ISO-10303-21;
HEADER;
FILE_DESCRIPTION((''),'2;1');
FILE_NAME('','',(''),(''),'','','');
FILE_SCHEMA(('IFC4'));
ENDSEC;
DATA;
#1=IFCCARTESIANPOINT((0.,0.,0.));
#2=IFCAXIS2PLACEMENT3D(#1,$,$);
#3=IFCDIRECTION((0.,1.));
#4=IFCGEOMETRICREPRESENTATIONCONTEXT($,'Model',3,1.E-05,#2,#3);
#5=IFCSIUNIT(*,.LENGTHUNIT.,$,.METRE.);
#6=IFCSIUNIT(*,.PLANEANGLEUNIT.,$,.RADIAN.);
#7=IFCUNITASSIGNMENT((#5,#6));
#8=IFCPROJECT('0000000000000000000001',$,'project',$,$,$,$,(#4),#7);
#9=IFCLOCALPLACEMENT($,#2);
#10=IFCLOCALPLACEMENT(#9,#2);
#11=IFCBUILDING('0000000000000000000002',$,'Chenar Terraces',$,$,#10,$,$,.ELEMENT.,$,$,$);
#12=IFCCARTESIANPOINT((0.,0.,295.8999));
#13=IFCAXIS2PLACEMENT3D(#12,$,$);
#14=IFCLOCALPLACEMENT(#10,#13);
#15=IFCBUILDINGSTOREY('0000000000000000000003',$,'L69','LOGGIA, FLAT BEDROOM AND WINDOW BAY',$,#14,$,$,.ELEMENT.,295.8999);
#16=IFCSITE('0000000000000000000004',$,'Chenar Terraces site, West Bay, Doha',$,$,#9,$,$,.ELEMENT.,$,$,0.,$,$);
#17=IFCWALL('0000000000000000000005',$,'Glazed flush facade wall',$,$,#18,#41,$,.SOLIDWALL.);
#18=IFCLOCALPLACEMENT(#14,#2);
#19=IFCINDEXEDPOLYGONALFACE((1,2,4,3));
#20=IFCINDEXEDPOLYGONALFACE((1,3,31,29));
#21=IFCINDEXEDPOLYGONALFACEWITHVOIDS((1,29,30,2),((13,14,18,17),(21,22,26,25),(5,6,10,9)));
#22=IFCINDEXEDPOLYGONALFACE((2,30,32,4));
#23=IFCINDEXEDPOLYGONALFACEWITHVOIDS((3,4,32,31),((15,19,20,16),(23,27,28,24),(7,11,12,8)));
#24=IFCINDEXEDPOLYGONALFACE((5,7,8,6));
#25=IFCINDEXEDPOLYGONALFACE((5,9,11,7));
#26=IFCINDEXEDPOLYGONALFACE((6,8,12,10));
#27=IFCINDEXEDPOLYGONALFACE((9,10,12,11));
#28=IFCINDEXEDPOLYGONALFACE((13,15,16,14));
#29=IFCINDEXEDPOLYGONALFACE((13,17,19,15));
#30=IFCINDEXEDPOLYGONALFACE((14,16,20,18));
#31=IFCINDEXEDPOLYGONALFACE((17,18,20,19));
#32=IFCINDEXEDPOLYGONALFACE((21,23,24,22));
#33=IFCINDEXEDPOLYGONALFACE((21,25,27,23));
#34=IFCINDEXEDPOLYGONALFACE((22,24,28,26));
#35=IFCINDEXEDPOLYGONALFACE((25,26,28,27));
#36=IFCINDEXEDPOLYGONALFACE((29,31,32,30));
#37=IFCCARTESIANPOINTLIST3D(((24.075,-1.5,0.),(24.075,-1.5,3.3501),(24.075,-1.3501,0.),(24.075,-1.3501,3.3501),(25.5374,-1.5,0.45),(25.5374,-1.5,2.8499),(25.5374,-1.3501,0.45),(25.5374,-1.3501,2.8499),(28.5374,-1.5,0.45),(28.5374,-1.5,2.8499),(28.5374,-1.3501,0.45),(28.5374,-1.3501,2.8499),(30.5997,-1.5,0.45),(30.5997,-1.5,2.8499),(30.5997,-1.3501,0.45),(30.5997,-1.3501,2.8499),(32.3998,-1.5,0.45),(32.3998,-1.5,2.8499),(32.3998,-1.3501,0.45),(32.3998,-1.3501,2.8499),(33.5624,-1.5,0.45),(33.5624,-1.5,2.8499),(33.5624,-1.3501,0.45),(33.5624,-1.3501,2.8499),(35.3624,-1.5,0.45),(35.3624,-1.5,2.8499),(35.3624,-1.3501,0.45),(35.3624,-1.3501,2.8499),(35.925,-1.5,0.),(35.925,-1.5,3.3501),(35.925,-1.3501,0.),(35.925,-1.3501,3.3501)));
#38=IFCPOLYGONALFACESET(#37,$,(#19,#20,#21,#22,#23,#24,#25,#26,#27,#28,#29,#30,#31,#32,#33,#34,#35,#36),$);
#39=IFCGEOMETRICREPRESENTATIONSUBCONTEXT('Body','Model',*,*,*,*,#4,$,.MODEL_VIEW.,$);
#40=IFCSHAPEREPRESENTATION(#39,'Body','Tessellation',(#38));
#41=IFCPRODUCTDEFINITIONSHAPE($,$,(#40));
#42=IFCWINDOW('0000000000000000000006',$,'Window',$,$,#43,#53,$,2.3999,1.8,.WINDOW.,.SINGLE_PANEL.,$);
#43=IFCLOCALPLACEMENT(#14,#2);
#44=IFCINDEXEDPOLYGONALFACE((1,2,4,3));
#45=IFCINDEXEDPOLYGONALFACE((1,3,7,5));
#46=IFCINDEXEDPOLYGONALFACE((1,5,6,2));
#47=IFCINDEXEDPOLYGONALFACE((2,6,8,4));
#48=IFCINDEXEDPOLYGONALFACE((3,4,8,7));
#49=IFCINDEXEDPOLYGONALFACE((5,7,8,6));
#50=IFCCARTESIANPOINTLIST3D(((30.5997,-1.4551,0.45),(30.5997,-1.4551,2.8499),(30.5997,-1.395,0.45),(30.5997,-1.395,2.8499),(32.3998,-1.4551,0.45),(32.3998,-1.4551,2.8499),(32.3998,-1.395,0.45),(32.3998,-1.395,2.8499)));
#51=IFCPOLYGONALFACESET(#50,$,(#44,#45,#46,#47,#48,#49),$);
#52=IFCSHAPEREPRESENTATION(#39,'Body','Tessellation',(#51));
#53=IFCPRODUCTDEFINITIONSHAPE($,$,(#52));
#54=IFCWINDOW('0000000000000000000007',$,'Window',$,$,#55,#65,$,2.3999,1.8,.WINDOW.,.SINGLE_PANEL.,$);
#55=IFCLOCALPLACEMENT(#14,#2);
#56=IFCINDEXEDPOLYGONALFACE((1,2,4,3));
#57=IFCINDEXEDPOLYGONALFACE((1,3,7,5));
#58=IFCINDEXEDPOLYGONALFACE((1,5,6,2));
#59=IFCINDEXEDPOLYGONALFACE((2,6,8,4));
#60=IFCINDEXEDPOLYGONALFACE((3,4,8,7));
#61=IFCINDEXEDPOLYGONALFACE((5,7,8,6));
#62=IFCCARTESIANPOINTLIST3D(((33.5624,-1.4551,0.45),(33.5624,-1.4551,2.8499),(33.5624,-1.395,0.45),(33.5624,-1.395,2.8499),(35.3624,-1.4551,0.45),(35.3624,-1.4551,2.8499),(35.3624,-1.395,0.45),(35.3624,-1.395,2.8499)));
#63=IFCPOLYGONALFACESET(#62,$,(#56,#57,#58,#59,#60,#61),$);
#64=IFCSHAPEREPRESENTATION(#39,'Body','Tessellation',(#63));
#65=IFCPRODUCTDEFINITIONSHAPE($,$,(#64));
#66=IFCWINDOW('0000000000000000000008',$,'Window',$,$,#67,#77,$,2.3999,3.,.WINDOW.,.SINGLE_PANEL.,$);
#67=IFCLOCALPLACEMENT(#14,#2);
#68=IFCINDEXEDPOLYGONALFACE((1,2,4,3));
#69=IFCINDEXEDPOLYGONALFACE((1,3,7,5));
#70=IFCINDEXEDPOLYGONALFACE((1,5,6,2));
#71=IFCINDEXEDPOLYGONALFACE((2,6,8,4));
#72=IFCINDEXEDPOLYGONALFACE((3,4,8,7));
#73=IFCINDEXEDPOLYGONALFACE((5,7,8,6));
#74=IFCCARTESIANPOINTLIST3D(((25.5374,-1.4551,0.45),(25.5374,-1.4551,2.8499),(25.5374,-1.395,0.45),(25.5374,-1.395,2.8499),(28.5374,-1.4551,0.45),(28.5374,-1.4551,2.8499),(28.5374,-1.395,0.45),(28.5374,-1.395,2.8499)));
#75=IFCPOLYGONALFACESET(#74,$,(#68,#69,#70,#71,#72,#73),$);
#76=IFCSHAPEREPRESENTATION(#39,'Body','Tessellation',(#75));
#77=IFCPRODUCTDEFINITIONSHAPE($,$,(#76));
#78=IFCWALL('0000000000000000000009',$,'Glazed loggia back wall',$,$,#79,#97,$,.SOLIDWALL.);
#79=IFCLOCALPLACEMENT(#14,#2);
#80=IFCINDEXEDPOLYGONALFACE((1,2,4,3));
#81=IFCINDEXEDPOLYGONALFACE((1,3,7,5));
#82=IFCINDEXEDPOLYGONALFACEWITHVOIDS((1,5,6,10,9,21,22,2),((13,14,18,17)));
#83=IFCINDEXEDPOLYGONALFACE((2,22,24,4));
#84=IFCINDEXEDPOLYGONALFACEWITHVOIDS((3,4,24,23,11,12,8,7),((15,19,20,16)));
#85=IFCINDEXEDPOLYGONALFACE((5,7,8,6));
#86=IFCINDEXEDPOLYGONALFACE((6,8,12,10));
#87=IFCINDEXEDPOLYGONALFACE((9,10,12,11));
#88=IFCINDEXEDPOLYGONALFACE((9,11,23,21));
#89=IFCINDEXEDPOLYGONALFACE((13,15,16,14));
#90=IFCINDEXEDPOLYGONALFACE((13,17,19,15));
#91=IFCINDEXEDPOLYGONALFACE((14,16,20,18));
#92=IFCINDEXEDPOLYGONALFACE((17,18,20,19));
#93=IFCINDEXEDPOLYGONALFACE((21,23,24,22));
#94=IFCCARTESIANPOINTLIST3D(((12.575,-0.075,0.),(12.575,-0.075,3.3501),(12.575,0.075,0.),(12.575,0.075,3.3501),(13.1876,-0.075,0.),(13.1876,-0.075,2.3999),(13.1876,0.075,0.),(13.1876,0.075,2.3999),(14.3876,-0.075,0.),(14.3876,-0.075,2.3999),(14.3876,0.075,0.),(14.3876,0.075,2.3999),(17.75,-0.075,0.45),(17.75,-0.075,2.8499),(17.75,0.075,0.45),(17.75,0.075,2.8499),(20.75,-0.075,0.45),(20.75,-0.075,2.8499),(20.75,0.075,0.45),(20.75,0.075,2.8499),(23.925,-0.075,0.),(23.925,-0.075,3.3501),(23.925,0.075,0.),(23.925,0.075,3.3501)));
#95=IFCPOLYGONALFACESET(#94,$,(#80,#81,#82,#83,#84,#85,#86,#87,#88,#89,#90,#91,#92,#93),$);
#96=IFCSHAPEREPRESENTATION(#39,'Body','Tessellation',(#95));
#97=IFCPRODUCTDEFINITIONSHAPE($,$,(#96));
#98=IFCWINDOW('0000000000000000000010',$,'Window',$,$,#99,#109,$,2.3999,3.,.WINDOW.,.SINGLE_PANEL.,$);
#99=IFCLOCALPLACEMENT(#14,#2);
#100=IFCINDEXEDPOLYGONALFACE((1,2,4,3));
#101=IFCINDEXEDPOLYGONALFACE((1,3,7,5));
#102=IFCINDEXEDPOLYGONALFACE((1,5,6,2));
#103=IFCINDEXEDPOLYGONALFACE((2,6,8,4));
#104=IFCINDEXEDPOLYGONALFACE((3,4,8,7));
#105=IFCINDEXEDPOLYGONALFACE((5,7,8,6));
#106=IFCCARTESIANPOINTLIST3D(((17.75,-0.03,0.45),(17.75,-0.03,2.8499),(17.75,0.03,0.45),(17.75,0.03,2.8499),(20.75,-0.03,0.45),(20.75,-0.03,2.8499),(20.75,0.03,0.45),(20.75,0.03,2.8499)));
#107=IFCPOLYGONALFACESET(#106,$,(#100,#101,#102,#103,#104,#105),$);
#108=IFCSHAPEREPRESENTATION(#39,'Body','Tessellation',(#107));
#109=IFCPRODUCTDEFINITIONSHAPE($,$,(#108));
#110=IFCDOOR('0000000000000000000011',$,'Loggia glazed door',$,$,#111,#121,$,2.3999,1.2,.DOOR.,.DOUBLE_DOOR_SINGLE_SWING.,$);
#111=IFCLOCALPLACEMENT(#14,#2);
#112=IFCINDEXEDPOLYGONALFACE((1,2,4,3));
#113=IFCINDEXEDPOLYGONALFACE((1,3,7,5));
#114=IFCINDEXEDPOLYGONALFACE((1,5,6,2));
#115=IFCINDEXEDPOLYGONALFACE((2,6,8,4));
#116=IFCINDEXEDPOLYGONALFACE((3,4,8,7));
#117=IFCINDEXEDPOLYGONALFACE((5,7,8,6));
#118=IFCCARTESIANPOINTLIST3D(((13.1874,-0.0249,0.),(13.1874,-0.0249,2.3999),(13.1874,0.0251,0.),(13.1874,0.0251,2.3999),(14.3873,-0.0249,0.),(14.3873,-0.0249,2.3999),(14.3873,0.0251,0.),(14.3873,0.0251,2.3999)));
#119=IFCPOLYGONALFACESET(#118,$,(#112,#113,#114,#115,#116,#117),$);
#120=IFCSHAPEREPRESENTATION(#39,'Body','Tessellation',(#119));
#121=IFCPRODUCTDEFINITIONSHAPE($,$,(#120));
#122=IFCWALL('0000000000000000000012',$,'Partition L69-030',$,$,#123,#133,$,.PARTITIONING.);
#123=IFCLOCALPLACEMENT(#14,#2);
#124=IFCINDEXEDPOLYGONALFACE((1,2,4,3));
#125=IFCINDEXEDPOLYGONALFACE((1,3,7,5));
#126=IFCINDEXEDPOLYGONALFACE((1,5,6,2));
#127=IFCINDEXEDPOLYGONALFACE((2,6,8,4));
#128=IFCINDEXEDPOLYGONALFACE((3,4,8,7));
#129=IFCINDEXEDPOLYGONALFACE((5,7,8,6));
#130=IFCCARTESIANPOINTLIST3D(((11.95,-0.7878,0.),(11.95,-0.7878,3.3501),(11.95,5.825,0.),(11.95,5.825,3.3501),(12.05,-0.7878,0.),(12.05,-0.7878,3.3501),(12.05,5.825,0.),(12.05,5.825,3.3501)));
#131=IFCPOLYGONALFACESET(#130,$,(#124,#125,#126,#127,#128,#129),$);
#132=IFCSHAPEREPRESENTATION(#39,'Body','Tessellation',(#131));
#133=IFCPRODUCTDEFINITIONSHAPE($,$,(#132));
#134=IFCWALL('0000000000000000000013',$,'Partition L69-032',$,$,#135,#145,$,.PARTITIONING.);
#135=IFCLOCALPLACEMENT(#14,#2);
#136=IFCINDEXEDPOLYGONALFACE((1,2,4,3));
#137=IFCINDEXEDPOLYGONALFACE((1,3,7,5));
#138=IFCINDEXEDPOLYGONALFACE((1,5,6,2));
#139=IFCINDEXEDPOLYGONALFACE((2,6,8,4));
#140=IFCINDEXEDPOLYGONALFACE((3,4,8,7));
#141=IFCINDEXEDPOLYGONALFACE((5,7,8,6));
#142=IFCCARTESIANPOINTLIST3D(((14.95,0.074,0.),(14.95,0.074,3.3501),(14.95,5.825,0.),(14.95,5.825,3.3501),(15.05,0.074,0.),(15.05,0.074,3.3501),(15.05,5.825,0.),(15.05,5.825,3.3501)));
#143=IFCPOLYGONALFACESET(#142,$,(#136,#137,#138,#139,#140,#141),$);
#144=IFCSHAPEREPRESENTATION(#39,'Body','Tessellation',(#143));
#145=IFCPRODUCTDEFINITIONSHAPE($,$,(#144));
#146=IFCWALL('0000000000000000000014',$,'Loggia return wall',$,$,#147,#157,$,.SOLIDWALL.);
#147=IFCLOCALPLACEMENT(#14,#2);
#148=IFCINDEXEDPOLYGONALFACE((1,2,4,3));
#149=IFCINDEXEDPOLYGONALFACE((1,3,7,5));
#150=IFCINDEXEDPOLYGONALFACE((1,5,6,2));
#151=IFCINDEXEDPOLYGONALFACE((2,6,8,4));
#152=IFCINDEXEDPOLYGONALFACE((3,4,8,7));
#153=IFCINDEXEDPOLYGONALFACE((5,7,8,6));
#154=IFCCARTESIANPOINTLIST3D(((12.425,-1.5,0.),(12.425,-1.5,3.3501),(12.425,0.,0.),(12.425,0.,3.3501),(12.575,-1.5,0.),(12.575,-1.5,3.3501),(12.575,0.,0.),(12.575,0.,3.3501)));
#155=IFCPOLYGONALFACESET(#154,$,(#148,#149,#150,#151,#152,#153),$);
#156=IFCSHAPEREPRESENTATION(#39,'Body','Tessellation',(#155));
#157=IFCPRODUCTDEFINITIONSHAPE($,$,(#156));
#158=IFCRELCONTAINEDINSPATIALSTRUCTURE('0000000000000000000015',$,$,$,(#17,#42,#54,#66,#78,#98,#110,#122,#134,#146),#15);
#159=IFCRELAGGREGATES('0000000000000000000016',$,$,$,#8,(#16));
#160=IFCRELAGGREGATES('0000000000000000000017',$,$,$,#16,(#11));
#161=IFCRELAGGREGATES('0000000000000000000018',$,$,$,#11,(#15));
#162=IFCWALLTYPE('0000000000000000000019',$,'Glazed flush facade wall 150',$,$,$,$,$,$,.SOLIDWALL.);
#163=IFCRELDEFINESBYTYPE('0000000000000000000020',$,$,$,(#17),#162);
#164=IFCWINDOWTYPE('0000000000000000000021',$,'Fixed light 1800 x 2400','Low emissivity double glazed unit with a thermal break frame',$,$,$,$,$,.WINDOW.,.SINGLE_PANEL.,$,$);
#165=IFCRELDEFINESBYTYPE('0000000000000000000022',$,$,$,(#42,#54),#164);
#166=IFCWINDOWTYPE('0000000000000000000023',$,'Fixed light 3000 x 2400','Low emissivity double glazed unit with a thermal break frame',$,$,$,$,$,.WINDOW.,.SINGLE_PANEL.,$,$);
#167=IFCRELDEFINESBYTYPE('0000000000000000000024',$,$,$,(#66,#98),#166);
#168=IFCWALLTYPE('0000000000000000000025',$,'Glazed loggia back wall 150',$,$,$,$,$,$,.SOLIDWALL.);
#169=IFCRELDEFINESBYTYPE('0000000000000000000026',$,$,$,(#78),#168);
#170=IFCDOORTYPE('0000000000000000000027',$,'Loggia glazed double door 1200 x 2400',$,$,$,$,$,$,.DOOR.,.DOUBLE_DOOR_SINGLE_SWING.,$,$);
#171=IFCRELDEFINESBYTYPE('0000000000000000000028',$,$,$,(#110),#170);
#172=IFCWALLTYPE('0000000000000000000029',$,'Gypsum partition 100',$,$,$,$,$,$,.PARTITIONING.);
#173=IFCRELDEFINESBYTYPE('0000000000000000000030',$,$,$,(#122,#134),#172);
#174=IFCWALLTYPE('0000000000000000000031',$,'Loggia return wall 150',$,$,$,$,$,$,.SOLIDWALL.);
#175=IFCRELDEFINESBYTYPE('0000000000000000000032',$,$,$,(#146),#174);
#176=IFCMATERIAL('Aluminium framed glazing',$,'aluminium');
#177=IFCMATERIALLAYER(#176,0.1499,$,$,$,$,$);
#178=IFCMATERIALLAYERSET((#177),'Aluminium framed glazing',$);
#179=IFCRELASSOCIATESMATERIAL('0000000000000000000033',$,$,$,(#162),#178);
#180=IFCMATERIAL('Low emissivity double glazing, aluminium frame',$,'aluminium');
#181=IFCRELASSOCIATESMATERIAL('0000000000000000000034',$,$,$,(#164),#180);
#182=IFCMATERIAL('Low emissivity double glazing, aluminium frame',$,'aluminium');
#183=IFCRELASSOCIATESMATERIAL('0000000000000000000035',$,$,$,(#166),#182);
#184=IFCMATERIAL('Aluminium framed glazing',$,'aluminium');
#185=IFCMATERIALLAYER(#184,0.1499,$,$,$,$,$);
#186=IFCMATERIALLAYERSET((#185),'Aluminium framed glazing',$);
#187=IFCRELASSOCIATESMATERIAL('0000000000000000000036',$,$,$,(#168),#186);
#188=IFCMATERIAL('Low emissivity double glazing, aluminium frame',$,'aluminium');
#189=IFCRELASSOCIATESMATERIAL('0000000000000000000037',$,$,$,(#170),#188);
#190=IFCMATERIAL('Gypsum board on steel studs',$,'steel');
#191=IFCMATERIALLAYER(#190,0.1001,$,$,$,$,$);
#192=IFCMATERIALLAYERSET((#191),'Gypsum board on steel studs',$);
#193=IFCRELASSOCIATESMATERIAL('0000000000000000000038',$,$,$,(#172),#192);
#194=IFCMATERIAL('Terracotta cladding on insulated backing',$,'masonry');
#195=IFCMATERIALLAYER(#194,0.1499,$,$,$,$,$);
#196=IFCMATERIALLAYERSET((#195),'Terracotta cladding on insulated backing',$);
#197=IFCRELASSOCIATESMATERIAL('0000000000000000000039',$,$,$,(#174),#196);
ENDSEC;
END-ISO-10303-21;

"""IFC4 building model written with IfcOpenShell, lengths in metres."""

from ifc_helpers import new_model, si_unit, direction, frame, frame_2d, origin, place, context, subcontext, project, spatial, rectangle, extrude, material, layer, layer_set, type_object, element, fill, save


model = new_model("IFC4")

# Units and contexts
model_context = context("Model", 3, precision=1e-05, world=origin(), true_north=direction((0.0, 1.0)))
body_context = subcontext(model_context, "Body", "Model", "MODEL_VIEW")
ifc_project = project(units=[si_unit("LENGTHUNIT", "METRE"), si_unit("PLANEANGLEUNIT", "RADIAN")], contexts=[model_context])

# Site, building, storey
site_placement = place(None, origin())
site = spatial("IfcSite", under=ifc_project, at=site_placement, Name="Chenar Terraces site, West Bay, Doha", CompositionType="ELEMENT", RefElevation=0.0)
building_placement = place(site_placement, origin())
building = spatial("IfcBuilding", under=site, at=building_placement, Name="Chenar Terraces", CompositionType="ELEMENT")
storey_placement = place(building_placement, frame((0.0, 0.0, 295.8999)))
storey = spatial("IfcBuildingStorey", under=building, at=storey_placement, Name="L69", Description="LOGGIA, FLAT BEDROOM AND WINDOW BAY", CompositionType="ELEMENT", Elevation=295.8999)

# Wall, openings, windows
ifc_material_1 = material(Name="Aluminium framed glazing", Category="aluminium")
ifc_layer_1 = layer(ifc_material_1, 0.1499)
ifc_layer_set_1 = layer_set([ifc_layer_1], Name="Aluminium framed glazing")
wall_type_1 = type_object("IfcWallType", Name="Glazed flush facade wall 150", PredefinedType="SOLIDWALL", material=ifc_layer_set_1)
wall_1_placement = place(storey_placement, frame((24.075, -1.425, 0.0), z_axis=(0.0, 0.0, 1.0), x_axis=(1.0, 0.0, 0.0)))
wall_1 = element("IfcWall", 1, at=wall_1_placement, inside=storey, type_object=wall_type_1, Name="Glazed flush facade wall", PredefinedType="SOLIDWALL", context=body_context, shape_type="SweptSolid", body=[
    extrude(rectangle(XDim=11.8501, YDim=0.1499, at=frame_2d((5.925, 0.0))), origin(), (0.0, 0.0, 1.0), 3.3501),
])
opening_1_placement = place(wall_1_placement, frame((1.4624, 0.0, 0.45)))
opening_1 = element("IfcOpeningElement", 2, at=opening_1_placement, cuts=wall_1, PredefinedType="OPENING", context=body_context, shape_type="SweptSolid", body=[
    extrude(rectangle(XDim=3.0, YDim=2.3999, at=frame_2d((1.5, 1.2))), frame((0.0, 0.085, 0.0), z_axis=(0.0, -1.0, 0.0), x_axis=(1.0, 0.0, 0.0)), (0.0, 0.0, 1.0), 0.1699),
])
opening_2_placement = place(wall_1_placement, frame((6.5249, 0.0, 0.45)))
opening_2 = element("IfcOpeningElement", 3, at=opening_2_placement, cuts=wall_1, PredefinedType="OPENING", context=body_context, shape_type="SweptSolid", body=[
    extrude(rectangle(XDim=1.8, YDim=2.3999, at=frame_2d((0.8999, 1.2))), frame((0.0, 0.085, 0.0), z_axis=(0.0, -1.0, 0.0), x_axis=(1.0, 0.0, 0.0)), (0.0, 0.0, 1.0), 0.1699),
])
opening_3_placement = place(wall_1_placement, frame((9.4875, 0.0, 0.45)))
opening_3 = element("IfcOpeningElement", 4, at=opening_3_placement, cuts=wall_1, PredefinedType="OPENING", context=body_context, shape_type="SweptSolid", body=[
    extrude(rectangle(XDim=1.8, YDim=2.3999, at=frame_2d((0.8999, 1.2))), frame((0.0, 0.085, 0.0), z_axis=(0.0, -1.0, 0.0), x_axis=(1.0, 0.0, 0.0)), (0.0, 0.0, 1.0), 0.1699),
])
ifc_material_2 = material(Name="Low emissivity double glazing, aluminium frame", Category="aluminium")
window_type_1 = type_object("IfcWindowType", Name="Fixed light 1800 x 2400", Description="Low emissivity double glazed unit with a thermal break frame", PartitioningType="SINGLE_PANEL", PredefinedType="WINDOW", material=ifc_material_2)
window_1_placement = place(opening_2_placement, origin())
window_1 = element("IfcWindow", 5, at=window_1_placement, inside=storey, type_object=window_type_1, Name="Window", OverallHeight=2.3999, OverallWidth=1.8, PartitioningType="SINGLE_PANEL", PredefinedType="WINDOW", context=body_context, shape_type="SweptSolid", body=[
    extrude(rectangle(XDim=1.8, YDim=2.3999, at=frame_2d((0.8999, 1.2))), frame((0.0, 0.03, 0.0), z_axis=(0.0, -1.0, 0.0), x_axis=(1.0, 0.0, 0.0)), (0.0, 0.0, 1.0), 0.0601),
])
fill(opening_2, window_1)
window_2_placement = place(opening_3_placement, origin())
window_2 = element("IfcWindow", 6, at=window_2_placement, inside=storey, type_object=window_type_1, Name="Window", OverallHeight=2.3999, OverallWidth=1.8, PartitioningType="SINGLE_PANEL", PredefinedType="WINDOW", context=body_context, shape_type="SweptSolid", body=[
    extrude(rectangle(XDim=1.8, YDim=2.3999, at=frame_2d((0.8999, 1.2))), frame((0.0, 0.03, 0.0), z_axis=(0.0, -1.0, 0.0), x_axis=(1.0, 0.0, 0.0)), (0.0, 0.0, 1.0), 0.0601),
])
fill(opening_3, window_2)
ifc_material_3 = material(Name="Low emissivity double glazing, aluminium frame", Category="aluminium")
window_type_2 = type_object("IfcWindowType", Name="Fixed light 3000 x 2400", Description="Low emissivity double glazed unit with a thermal break frame", PartitioningType="SINGLE_PANEL", PredefinedType="WINDOW", material=ifc_material_3)
window_3_placement = place(opening_1_placement, origin())
window_3 = element("IfcWindow", 7, at=window_3_placement, inside=storey, type_object=window_type_2, Name="Window", OverallHeight=2.3999, OverallWidth=3.0, PartitioningType="SINGLE_PANEL", PredefinedType="WINDOW", context=body_context, shape_type="SweptSolid", body=[
    extrude(rectangle(XDim=3.0, YDim=2.3999, at=frame_2d((1.5, 1.2))), frame((0.0, 0.03, 0.0), z_axis=(0.0, -1.0, 0.0), x_axis=(1.0, 0.0, 0.0)), (0.0, 0.0, 1.0), 0.0601),
])
fill(opening_1, window_3)

# Wall, openings, window, door
ifc_material_4 = material(Name="Aluminium framed glazing", Category="aluminium")
ifc_layer_2 = layer(ifc_material_4, 0.1499)
ifc_layer_set_2 = layer_set([ifc_layer_2], Name="Aluminium framed glazing")
wall_type_2 = type_object("IfcWallType", Name="Glazed loggia back wall 150", PredefinedType="SOLIDWALL", material=ifc_layer_set_2)
wall_2_placement = place(storey_placement, frame((12.575, 0.0, 0.0), z_axis=(0.0, 0.0, 1.0), x_axis=(1.0, 0.0, 0.0)))
wall_2 = element("IfcWall", 8, at=wall_2_placement, inside=storey, type_object=wall_type_2, Name="Glazed loggia back wall", PredefinedType="SOLIDWALL", context=body_context, shape_type="SweptSolid", body=[
    extrude(rectangle(XDim=11.3501, YDim=0.1499, at=frame_2d((5.675, 0.0))), origin(), (0.0, 0.0, 1.0), 3.3501),
])
opening_4_placement = place(wall_2_placement, frame((0.6125, 0.0, 0.0)))
opening_4 = element("IfcOpeningElement", 9, at=opening_4_placement, cuts=wall_2, PredefinedType="OPENING", context=body_context, shape_type="SweptSolid", body=[
    extrude(rectangle(XDim=1.2, YDim=2.3999, at=frame_2d((0.6001, 1.2))), frame((0.0, 0.085, 0.0), z_axis=(0.0, -1.0, 0.0), x_axis=(1.0, 0.0, 0.0)), (0.0, 0.0, 1.0), 0.1699),
])
opening_5_placement = place(wall_2_placement, frame((5.175, 0.0, 0.45)))
opening_5 = element("IfcOpeningElement", 10, at=opening_5_placement, cuts=wall_2, PredefinedType="OPENING", context=body_context, shape_type="SweptSolid", body=[
    extrude(rectangle(XDim=3.0, YDim=2.3999, at=frame_2d((1.5, 1.2))), frame((0.0, 0.085, 0.0), z_axis=(0.0, -1.0, 0.0), x_axis=(1.0, 0.0, 0.0)), (0.0, 0.0, 1.0), 0.1699),
])
window_4_placement = place(opening_5_placement, origin())
window_4 = element("IfcWindow", 11, at=window_4_placement, inside=storey, type_object=window_type_2, Name="Window", OverallHeight=2.3999, OverallWidth=3.0, PartitioningType="SINGLE_PANEL", PredefinedType="WINDOW", context=body_context, shape_type="SweptSolid", body=[
    extrude(rectangle(XDim=3.0, YDim=2.3999, at=frame_2d((1.5, 1.2))), frame((0.0, 0.03, 0.0), z_axis=(0.0, -1.0, 0.0), x_axis=(1.0, 0.0, 0.0)), (0.0, 0.0, 1.0), 0.0601),
])
fill(opening_5, window_4)
ifc_material_5 = material(Name="Low emissivity double glazing, aluminium frame", Category="aluminium")
door_type_1 = type_object("IfcDoorType", Name="Loggia glazed double door 1200 x 2400", OperationType="DOUBLE_DOOR_SINGLE_SWING", PredefinedType="DOOR", material=ifc_material_5)
door_1_placement = place(opening_4_placement, frame((1.2, 0.0, 0.0), z_axis=(0.0, 0.0, 1.0), x_axis=(-1.0, 0.0, 0.0)))
door_1 = element("IfcDoor", 12, at=door_1_placement, inside=storey, type_object=door_type_1, Name="Loggia glazed door", OperationType="DOUBLE_DOOR_SINGLE_SWING", OverallHeight=2.3999, OverallWidth=1.2, PredefinedType="DOOR", context=body_context, shape_type="SweptSolid", body=[
    extrude(rectangle(XDim=1.2, YDim=2.3999, at=frame_2d((0.6001, 1.2))), frame((0.0, 0.0249, 0.0), z_axis=(0.0, -1.0, 0.0), x_axis=(1.0, 0.0, 0.0)), (0.0, 0.0, 1.0), 0.05),
])
fill(opening_4, door_1)

# Walls
ifc_material_6 = material(Name="Gypsum board on steel studs", Category="steel")
ifc_layer_3 = layer(ifc_material_6, 0.1001)
ifc_layer_set_3 = layer_set([ifc_layer_3], Name="Gypsum board on steel studs")
wall_type_3 = type_object("IfcWallType", Name="Gypsum partition 100", PredefinedType="PARTITIONING", material=ifc_layer_set_3)
wall_3_placement = place(storey_placement, frame((12.0, -0.7878, 0.0), z_axis=(0.0, 0.0, 1.0), x_axis=(0.0, 1.0, 0.0)))
element("IfcWall", 13, at=wall_3_placement, inside=storey, type_object=wall_type_3, Name="Partition L69-030", PredefinedType="PARTITIONING", context=body_context, shape_type="SweptSolid", body=[
    extrude(rectangle(XDim=6.6128, YDim=0.1001, at=frame_2d((3.3064, 0.0))), origin(), (0.0, 0.0, 1.0), 3.3501),
])
wall_4_placement = place(storey_placement, frame((15.0, 0.074, 0.0), z_axis=(0.0, 0.0, 1.0), x_axis=(0.0, 1.0, 0.0)))
element("IfcWall", 14, at=wall_4_placement, inside=storey, type_object=wall_type_3, Name="Partition L69-032", PredefinedType="PARTITIONING", context=body_context, shape_type="SweptSolid", body=[
    extrude(rectangle(XDim=5.751, YDim=0.1001, at=frame_2d((2.8755, 0.0))), origin(), (0.0, 0.0, 1.0), 3.3501),
])
ifc_material_7 = material(Name="Terracotta cladding on insulated backing", Category="masonry")
ifc_layer_4 = layer(ifc_material_7, 0.1499)
ifc_layer_set_4 = layer_set([ifc_layer_4], Name="Terracotta cladding on insulated backing")
wall_type_4 = type_object("IfcWallType", Name="Loggia return wall 150", PredefinedType="SOLIDWALL", material=ifc_layer_set_4)
for number, where, z_axis, x_axis, name in (
    (15, (12.5, -1.5, 0.0), (0.0, 0.0, 1.0), (0.0, 1.0, 0.0), "Loggia return wall"),
):
    element("IfcWall", number, at=place(storey_placement, frame(where, z_axis=z_axis, x_axis=x_axis)), inside=storey, type_object=wall_type_4, Name=name, PredefinedType="SOLIDWALL", context=body_context, shape_type="SweptSolid", body=[
        extrude(rectangle(XDim=1.5, YDim=0.1499, at=frame_2d((0.75, 0.0))), origin(), (0.0, 0.0, 1.0), 3.3501),
    ])

save(model, "model.ifc")
